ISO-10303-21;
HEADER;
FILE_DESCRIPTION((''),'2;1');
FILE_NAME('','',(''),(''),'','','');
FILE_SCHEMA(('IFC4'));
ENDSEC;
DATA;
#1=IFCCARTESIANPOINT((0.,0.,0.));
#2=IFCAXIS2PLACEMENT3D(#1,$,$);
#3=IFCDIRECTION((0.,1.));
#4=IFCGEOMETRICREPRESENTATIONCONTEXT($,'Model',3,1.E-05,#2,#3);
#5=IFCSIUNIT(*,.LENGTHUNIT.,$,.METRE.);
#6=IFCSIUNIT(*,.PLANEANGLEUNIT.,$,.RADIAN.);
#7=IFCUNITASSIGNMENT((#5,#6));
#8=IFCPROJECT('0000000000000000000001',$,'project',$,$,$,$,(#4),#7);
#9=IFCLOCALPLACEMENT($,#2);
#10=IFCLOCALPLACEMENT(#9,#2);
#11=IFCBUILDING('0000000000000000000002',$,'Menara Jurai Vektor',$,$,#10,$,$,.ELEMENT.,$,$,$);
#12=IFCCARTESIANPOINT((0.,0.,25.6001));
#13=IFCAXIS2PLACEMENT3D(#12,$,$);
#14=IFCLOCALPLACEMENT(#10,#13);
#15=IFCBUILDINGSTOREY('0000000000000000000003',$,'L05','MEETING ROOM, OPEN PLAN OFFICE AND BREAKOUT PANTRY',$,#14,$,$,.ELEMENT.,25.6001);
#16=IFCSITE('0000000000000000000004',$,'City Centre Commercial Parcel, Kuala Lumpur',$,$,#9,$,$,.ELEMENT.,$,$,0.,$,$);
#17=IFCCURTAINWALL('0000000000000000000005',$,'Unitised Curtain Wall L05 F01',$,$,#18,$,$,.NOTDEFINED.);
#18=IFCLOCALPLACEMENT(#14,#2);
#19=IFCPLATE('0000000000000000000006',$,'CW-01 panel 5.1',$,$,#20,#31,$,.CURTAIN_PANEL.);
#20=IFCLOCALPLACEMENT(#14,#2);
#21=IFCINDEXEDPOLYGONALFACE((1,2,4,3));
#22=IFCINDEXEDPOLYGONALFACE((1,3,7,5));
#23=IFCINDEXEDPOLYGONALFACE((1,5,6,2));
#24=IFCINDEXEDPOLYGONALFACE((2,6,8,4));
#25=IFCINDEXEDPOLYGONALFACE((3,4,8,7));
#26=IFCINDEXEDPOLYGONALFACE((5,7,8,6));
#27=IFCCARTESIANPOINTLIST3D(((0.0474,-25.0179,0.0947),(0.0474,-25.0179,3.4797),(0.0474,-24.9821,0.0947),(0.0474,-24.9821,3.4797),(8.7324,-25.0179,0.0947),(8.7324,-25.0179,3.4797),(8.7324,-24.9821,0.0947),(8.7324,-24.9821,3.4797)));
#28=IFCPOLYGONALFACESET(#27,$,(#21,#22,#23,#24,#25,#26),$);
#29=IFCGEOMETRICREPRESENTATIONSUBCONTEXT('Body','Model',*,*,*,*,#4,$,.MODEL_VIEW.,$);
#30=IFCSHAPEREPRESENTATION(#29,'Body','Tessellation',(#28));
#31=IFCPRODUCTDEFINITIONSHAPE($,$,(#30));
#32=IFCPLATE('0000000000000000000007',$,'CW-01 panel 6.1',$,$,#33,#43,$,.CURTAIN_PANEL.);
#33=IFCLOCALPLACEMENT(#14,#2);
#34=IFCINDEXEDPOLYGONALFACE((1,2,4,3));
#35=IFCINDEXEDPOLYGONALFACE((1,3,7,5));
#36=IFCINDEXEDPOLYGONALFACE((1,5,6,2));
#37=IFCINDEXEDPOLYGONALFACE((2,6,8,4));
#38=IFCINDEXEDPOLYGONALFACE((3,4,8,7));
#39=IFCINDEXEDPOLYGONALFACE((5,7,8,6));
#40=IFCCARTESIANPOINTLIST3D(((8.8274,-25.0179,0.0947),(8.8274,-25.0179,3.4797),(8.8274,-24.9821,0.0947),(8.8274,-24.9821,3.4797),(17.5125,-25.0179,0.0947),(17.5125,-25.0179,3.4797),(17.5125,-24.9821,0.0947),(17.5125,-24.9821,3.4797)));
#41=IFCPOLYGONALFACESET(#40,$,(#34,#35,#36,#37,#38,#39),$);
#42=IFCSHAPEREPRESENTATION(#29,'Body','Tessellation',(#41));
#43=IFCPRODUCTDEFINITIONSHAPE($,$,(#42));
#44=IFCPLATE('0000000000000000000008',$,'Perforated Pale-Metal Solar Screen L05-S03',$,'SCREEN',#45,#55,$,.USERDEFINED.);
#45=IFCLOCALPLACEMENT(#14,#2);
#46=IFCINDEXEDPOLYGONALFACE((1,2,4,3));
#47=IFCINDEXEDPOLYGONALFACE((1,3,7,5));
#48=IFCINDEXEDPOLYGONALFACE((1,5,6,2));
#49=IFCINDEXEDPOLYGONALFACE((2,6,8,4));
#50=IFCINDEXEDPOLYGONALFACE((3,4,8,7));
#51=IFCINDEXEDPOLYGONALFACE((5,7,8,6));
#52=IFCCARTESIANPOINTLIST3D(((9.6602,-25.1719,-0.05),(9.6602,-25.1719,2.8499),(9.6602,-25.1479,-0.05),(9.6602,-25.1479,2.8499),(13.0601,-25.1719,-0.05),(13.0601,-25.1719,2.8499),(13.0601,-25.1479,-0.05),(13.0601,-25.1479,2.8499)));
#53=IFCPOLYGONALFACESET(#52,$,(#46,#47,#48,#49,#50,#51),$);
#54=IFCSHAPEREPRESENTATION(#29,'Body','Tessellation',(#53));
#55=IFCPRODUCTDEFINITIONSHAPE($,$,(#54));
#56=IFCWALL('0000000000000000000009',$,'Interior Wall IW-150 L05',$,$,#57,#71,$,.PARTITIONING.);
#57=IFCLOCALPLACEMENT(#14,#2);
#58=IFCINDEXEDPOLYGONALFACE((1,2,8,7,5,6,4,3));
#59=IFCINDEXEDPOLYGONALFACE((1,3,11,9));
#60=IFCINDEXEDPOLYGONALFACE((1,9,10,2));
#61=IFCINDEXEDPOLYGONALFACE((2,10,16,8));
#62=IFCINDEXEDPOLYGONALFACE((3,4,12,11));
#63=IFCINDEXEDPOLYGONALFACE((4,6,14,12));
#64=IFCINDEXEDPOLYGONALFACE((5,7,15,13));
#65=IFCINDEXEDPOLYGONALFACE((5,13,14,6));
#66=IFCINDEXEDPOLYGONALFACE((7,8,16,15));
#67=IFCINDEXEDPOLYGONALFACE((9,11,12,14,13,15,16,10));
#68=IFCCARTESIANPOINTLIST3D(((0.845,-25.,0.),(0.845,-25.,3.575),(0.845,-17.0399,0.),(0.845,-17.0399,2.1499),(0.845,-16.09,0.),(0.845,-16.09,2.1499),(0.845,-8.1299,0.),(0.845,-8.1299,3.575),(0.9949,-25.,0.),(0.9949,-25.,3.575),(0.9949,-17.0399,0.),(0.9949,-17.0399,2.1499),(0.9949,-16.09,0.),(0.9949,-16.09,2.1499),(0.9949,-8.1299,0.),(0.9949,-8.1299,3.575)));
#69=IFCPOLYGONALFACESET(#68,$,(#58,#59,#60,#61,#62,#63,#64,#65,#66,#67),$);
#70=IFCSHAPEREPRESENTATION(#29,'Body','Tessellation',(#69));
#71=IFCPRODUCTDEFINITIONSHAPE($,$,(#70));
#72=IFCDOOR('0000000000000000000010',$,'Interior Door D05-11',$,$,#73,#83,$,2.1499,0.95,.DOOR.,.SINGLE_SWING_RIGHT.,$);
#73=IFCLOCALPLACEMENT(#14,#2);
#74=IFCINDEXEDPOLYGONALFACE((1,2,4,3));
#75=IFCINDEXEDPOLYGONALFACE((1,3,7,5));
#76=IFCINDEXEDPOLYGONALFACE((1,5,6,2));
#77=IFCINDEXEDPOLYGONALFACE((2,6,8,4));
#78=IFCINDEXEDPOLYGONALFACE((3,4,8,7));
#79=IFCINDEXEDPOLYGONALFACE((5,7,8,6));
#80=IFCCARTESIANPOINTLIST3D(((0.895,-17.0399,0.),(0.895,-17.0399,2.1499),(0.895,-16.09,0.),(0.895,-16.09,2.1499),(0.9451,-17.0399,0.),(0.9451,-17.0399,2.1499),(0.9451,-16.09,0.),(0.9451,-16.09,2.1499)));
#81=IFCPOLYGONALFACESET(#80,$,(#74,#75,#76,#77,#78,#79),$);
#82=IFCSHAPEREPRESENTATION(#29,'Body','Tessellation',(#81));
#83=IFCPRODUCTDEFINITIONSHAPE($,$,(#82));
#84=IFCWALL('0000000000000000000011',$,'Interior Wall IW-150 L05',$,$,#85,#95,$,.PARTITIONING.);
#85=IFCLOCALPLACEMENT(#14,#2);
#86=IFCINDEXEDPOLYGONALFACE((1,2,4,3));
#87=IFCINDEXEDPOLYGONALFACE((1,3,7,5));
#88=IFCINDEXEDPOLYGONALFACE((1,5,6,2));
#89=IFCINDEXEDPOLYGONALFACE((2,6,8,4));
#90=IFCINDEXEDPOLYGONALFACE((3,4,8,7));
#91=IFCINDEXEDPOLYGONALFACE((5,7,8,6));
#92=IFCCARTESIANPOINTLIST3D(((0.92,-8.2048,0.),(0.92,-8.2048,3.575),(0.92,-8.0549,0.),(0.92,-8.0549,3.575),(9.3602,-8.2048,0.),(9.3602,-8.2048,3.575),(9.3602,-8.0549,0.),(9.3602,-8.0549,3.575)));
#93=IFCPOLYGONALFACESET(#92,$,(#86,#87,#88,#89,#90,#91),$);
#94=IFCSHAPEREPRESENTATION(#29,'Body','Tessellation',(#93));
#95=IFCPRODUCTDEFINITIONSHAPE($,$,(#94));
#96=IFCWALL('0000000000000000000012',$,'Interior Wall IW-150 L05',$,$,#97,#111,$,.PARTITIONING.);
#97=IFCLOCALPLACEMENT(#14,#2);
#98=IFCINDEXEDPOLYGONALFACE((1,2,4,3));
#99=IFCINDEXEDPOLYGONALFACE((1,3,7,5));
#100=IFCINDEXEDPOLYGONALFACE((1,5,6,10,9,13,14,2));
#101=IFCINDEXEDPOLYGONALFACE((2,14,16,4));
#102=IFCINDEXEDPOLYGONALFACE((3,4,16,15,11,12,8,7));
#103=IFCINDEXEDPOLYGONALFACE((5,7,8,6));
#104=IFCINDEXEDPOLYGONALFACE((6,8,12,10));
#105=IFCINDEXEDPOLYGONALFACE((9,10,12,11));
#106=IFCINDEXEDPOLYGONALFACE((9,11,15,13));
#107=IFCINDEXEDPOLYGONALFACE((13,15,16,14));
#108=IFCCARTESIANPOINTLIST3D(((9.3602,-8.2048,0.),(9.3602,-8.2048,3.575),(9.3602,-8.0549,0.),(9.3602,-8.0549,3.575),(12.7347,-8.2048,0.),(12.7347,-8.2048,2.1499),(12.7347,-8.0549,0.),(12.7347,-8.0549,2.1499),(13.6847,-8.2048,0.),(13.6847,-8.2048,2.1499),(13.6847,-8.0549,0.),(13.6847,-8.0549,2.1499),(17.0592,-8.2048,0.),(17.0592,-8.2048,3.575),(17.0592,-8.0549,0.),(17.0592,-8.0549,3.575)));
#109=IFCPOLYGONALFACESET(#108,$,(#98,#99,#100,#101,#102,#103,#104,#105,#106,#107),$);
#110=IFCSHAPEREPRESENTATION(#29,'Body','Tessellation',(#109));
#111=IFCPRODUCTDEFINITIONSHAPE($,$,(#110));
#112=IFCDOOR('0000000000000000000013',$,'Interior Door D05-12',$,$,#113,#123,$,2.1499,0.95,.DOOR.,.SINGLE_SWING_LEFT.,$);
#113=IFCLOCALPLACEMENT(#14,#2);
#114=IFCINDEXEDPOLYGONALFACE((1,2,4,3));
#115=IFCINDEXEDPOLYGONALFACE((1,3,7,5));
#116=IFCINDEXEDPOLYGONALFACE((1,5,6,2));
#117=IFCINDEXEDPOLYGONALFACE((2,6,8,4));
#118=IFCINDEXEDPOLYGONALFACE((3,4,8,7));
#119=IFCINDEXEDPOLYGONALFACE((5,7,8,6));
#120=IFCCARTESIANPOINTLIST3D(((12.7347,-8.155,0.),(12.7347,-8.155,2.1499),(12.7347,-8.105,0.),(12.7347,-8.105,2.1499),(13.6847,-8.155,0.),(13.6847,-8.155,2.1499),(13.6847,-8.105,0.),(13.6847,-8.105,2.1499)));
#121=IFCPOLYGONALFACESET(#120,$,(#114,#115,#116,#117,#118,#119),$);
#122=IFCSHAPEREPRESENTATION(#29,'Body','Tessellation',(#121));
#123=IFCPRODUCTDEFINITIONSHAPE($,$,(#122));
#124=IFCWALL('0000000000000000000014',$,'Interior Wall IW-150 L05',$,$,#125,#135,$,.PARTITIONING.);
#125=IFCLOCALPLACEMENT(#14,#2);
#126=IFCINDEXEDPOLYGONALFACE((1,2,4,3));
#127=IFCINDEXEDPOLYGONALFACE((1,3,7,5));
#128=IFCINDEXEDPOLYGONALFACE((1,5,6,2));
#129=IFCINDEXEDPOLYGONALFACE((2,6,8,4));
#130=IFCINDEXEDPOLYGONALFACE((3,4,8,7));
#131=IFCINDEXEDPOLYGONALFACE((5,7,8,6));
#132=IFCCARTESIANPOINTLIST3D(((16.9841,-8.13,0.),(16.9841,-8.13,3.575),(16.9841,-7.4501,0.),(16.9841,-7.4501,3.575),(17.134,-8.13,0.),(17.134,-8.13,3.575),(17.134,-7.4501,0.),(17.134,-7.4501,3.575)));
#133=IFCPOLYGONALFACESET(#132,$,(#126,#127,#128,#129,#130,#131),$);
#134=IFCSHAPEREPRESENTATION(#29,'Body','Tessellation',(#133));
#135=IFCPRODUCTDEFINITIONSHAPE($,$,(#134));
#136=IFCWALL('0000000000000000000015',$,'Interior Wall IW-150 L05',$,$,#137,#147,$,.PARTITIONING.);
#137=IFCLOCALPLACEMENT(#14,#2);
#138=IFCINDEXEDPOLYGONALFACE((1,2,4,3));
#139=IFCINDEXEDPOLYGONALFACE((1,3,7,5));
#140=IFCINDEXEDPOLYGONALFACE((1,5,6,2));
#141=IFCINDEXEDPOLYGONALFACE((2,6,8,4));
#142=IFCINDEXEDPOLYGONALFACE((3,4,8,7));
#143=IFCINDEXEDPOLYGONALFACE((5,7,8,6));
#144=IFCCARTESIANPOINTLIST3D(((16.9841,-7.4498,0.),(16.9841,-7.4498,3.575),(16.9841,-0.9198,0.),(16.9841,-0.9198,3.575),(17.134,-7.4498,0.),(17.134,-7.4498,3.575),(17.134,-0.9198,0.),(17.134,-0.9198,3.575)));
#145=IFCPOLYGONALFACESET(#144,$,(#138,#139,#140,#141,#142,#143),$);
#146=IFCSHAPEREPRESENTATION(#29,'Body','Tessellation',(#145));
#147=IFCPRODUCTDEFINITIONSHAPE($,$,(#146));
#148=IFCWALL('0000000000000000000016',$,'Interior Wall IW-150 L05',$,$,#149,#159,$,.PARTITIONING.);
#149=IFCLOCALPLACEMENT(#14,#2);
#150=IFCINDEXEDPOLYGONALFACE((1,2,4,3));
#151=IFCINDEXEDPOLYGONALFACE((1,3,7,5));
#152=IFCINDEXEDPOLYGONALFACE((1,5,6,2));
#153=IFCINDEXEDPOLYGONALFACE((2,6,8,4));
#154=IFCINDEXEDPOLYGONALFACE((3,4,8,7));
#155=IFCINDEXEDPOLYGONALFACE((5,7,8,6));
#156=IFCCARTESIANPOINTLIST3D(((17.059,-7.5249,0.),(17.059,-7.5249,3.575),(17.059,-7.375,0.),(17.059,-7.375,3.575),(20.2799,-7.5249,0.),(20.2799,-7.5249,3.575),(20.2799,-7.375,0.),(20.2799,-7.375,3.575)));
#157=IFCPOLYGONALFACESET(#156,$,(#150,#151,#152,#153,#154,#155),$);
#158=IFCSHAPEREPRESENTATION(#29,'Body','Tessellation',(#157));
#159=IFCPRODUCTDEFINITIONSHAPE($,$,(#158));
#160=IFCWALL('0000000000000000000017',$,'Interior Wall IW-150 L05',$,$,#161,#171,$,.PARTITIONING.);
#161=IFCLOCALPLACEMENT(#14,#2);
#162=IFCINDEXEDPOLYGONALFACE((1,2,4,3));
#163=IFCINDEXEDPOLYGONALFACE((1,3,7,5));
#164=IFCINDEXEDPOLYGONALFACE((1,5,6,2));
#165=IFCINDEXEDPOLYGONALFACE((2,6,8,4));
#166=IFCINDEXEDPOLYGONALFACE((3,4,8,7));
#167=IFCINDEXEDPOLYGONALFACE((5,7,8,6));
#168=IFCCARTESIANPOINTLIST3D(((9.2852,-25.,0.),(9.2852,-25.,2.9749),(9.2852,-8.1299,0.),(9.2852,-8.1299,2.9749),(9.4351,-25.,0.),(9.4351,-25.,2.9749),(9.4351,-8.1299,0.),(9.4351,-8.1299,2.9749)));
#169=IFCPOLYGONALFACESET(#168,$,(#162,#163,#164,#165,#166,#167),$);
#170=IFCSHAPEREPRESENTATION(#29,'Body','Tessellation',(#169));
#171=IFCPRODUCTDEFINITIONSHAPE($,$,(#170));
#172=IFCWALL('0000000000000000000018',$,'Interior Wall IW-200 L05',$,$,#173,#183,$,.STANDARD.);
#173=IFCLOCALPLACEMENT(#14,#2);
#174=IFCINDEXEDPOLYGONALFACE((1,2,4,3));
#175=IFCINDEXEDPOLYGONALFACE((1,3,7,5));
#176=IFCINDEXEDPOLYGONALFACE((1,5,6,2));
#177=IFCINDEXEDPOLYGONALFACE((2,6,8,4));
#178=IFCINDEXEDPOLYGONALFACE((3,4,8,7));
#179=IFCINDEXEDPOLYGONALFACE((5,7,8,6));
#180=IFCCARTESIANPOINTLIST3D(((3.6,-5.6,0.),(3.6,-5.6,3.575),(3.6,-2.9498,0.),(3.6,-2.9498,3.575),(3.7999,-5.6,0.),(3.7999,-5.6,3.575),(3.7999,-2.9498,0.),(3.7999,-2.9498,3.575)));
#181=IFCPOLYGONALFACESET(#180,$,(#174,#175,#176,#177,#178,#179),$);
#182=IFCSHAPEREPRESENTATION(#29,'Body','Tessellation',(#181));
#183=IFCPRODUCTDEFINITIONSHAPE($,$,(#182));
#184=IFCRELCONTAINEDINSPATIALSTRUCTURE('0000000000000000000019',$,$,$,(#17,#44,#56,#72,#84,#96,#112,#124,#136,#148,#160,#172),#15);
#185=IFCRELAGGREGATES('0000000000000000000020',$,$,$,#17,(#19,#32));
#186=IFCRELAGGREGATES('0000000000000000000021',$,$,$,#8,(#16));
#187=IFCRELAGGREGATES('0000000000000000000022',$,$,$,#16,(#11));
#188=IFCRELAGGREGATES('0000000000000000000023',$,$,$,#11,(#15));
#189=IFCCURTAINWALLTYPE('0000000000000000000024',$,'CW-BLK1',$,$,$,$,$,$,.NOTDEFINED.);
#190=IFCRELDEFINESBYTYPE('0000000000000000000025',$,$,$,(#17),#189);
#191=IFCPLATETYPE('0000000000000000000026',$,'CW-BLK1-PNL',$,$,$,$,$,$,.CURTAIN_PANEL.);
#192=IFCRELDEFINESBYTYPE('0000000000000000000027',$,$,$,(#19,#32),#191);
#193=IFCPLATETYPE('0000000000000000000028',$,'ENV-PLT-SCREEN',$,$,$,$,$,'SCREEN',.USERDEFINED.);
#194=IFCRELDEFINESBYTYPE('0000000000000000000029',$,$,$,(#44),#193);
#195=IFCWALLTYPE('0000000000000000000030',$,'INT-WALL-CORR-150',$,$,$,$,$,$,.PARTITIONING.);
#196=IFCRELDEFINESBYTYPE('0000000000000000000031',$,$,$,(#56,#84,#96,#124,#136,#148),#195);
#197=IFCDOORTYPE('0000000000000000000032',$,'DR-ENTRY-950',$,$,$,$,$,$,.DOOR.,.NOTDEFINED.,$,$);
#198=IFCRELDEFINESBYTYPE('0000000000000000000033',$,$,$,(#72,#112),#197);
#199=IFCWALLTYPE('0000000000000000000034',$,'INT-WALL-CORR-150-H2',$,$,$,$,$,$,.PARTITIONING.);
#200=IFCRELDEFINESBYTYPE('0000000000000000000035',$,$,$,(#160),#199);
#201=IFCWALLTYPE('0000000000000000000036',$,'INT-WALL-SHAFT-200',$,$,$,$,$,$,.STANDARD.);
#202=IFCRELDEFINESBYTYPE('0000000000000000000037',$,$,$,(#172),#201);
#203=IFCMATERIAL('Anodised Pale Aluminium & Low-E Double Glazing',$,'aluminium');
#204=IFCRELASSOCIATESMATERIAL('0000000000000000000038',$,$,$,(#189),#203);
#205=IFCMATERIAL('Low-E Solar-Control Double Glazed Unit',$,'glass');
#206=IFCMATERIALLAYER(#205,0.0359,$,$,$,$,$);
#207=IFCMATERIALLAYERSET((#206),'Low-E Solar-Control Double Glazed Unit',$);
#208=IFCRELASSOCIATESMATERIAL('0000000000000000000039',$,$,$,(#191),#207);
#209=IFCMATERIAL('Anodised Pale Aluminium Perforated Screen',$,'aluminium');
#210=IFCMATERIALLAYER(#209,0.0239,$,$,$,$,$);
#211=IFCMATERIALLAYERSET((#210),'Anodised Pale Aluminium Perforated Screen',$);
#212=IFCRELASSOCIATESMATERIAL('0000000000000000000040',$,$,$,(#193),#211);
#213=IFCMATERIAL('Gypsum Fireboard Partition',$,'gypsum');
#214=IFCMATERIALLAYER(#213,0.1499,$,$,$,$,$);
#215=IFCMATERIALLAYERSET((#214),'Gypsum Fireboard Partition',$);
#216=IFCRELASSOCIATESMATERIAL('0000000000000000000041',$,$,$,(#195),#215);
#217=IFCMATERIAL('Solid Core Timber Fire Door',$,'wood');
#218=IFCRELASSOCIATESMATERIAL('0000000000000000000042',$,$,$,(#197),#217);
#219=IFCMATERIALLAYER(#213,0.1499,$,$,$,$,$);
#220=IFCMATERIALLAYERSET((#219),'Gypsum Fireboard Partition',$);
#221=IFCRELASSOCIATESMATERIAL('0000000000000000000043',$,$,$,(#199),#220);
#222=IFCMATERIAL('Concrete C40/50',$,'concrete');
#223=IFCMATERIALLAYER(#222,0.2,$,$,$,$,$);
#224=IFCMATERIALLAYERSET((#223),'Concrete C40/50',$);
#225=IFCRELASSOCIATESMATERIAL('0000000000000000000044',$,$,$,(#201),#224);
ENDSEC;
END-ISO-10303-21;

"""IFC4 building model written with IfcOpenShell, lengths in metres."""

from ifc_helpers import new_model, si_unit, direction, frame, frame_2d, origin, origin_2d, place, context, subcontext, project, spatial, rectangle, extrude, material, layer, layer_set, type_object, element, fill, aggregate, save


model = new_model("IFC4")

# Units and contexts
model_context = context("Model", 3, precision=1e-05, world=origin(), true_north=direction((0.0, 1.0)))
body_context = subcontext(model_context, "Body", "Model", "MODEL_VIEW")
ifc_project = project(units=[si_unit("LENGTHUNIT", "METRE"), si_unit("PLANEANGLEUNIT", "RADIAN")], contexts=[model_context])

# Site, building, storey
site_placement = place(None, origin())
site = spatial("IfcSite", under=ifc_project, at=site_placement, Name="City Centre Commercial Parcel, Kuala Lumpur", CompositionType="ELEMENT", RefElevation=0.0)
building_placement = place(site_placement, origin())
building = spatial("IfcBuilding", under=site, at=building_placement, Name="Menara Jurai Vektor", CompositionType="ELEMENT")
storey_placement = place(building_placement, frame((0.0, 0.0, 25.6001)))
storey = spatial("IfcBuildingStorey", under=building, at=storey_placement, Name="L05", Description="MEETING ROOM, OPEN PLAN OFFICE AND BREAKOUT PANTRY", CompositionType="ELEMENT", Elevation=25.6001)

# Curtain wall
ifc_material_1 = material(Name="Anodised Pale Aluminium & Low-E Double Glazing", Category="aluminium")
curtain_wall_type = type_object("IfcCurtainWallType", Name="CW-BLK1", PredefinedType="NOTDEFINED", material=ifc_material_1)
curtain_wall_placement = place(storey_placement, origin())
curtain_wall = element("IfcCurtainWall", 1, at=curtain_wall_placement, inside=storey, type_object=curtain_wall_type, Name="Unitised Curtain Wall L05 F01", PredefinedType="NOTDEFINED")

# Plates
ifc_material_2 = material(Name="Low-E Solar-Control Double Glazed Unit", Category="glass")
ifc_layer_1 = layer(ifc_material_2, 0.0359)
ifc_layer_set_1 = layer_set([ifc_layer_1], Name="Low-E Solar-Control Double Glazed Unit")
plate_type_1 = type_object("IfcPlateType", Name="CW-BLK1-PNL", PredefinedType="CURTAIN_PANEL", material=ifc_layer_set_1)
plate_1_placement = place(storey_placement, frame((4.3899, -25.0, 0.0947), z_axis=(0.0, 0.0, 1.0), x_axis=(1.0, 0.0, 0.0)))
plate_1 = element("IfcPlate", 2, at=plate_1_placement, type_object=plate_type_1, Name="CW-01 panel 5.1", PredefinedType="CURTAIN_PANEL", context=body_context, shape_type="SweptSolid", body=[
    extrude(rectangle(XDim=8.6851, YDim=0.0359, at=origin_2d()), origin(), (0.0, 0.0, 1.0), 3.385),
])
plate_2_placement = place(storey_placement, frame((13.1699, -25.0, 0.0947), z_axis=(0.0, 0.0, 1.0), x_axis=(1.0, 0.0, 0.0)))
plate_2 = element("IfcPlate", 3, at=plate_2_placement, type_object=plate_type_1, Name="CW-01 panel 6.1", PredefinedType="CURTAIN_PANEL", context=body_context, shape_type="SweptSolid", body=[
    extrude(rectangle(XDim=8.6851, YDim=0.0359, at=origin_2d()), origin(), (0.0, 0.0, 1.0), 3.385),
])
aggregate(curtain_wall, [plate_1, plate_2])
ifc_material_3 = material(Name="Anodised Pale Aluminium Perforated Screen", Category="aluminium")
ifc_layer_2 = layer(ifc_material_3, 0.0239)
ifc_layer_set_2 = layer_set([ifc_layer_2], Name="Anodised Pale Aluminium Perforated Screen")
plate_type_2 = type_object("IfcPlateType", Name="ENV-PLT-SCREEN", ElementType="SCREEN", PredefinedType="USERDEFINED", material=ifc_layer_set_2)
plate_3_placement = place(storey_placement, frame((11.3601, -25.1599, -0.05), z_axis=(0.0, 0.0, 1.0), x_axis=(1.0, 0.0, 0.0)))
element("IfcPlate", 4, at=plate_3_placement, inside=storey, type_object=plate_type_2, Name="Perforated Pale-Metal Solar Screen L05-S03", ObjectType="SCREEN", PredefinedType="USERDEFINED", context=body_context, shape_type="SweptSolid", body=[
    extrude(rectangle(XDim=3.3999, YDim=0.0239, at=origin_2d()), origin(), (0.0, 0.0, 1.0), 2.8999),
])

# Wall, opening, door
ifc_material_4 = material(Name="Gypsum Fireboard Partition", Category="gypsum")
ifc_layer_3 = layer(ifc_material_4, 0.1499)
ifc_layer_set_3 = layer_set([ifc_layer_3], Name="Gypsum Fireboard Partition")
wall_type_1 = type_object("IfcWallType", Name="INT-WALL-CORR-150", PredefinedType="PARTITIONING", material=ifc_layer_set_3)
wall_1_placement = place(storey_placement, frame((0.9199, -25.0, 0.0), z_axis=(0.0, 0.0, 1.0), x_axis=(0.0, 1.0, 0.0)))
wall_1 = element("IfcWall", 5, at=wall_1_placement, inside=storey, type_object=wall_type_1, Name="Interior Wall IW-150 L05", PredefinedType="PARTITIONING", context=body_context, shape_type="SweptSolid", body=[
    extrude(rectangle(XDim=16.8701, YDim=0.1499, at=frame_2d((8.4351, 0.0))), origin(), (0.0, 0.0, 1.0), 3.575),
])
opening_1_placement = place(wall_1_placement, frame((7.96, 0.0, 0.0)))
opening_1 = element("IfcOpeningElement", 6, at=opening_1_placement, cuts=wall_1, PredefinedType="OPENING", context=body_context, shape_type="SweptSolid", body=[
    extrude(rectangle(XDim=0.95, YDim=2.1499, at=frame_2d((0.4751, 1.075))), frame((0.0, 0.085, 0.0), z_axis=(0.0, -1.0, 0.0), x_axis=(1.0, 0.0, 0.0)), (0.0, 0.0, 1.0), 0.1699),
])
ifc_material_5 = material(Name="Solid Core Timber Fire Door", Category="wood")
door_type = type_object("IfcDoorType", Name="DR-ENTRY-950", OperationType="NOTDEFINED", PredefinedType="DOOR", material=ifc_material_5)
door_1_placement = place(opening_1_placement, origin())
door_1 = element("IfcDoor", 7, at=door_1_placement, inside=storey, type_object=door_type, Name="Interior Door D05-11", OperationType="SINGLE_SWING_RIGHT", OverallHeight=2.1499, OverallWidth=0.95, PredefinedType="DOOR", context=body_context, shape_type="SweptSolid", body=[
    extrude(rectangle(XDim=0.95, YDim=2.1499, at=frame_2d((0.4751, 1.075))), frame((0.0, 0.0249, 0.0), z_axis=(0.0, -1.0, 0.0), x_axis=(1.0, 0.0, 0.0)), (0.0, 0.0, 1.0), 0.05),
])
fill(opening_1, door_1)

# Wall
wall_2_placement = place(storey_placement, frame((0.9199, -8.1299, 0.0), z_axis=(0.0, 0.0, 1.0), x_axis=(1.0, 0.0, 0.0)))
element("IfcWall", 8, at=wall_2_placement, inside=storey, type_object=wall_type_1, Name="Interior Wall IW-150 L05", PredefinedType="PARTITIONING", context=body_context, shape_type="SweptSolid", body=[
    extrude(rectangle(XDim=8.4402, YDim=0.1499, at=frame_2d((4.2202, 0.0))), origin(), (0.0, 0.0, 1.0), 3.575),
])

# Wall, opening, door
wall_3_placement = place(storey_placement, frame((9.3601, -8.1299, 0.0), z_axis=(0.0, 0.0, 1.0), x_axis=(1.0, 0.0, 0.0)))
wall_3 = element("IfcWall", 9, at=wall_3_placement, inside=storey, type_object=wall_type_1, Name="Interior Wall IW-150 L05", PredefinedType="PARTITIONING", context=body_context, shape_type="SweptSolid", body=[
    extrude(rectangle(XDim=7.699, YDim=0.1499, at=frame_2d((3.8496, 0.0))), origin(), (0.0, 0.0, 1.0), 3.575),
])
opening_2_placement = place(wall_3_placement, frame((3.3745, 0.0, 0.0)))
opening_2 = element("IfcOpeningElement", 10, at=opening_2_placement, cuts=wall_3, PredefinedType="OPENING", context=body_context, shape_type="SweptSolid", body=[
    extrude(rectangle(XDim=0.95, YDim=2.1499, at=frame_2d((0.4751, 1.075))), frame((0.0, 0.085, 0.0), z_axis=(0.0, -1.0, 0.0), x_axis=(1.0, 0.0, 0.0)), (0.0, 0.0, 1.0), 0.1699),
])
door_2_placement = place(opening_2_placement, origin())
door_2 = element("IfcDoor", 11, at=door_2_placement, inside=storey, type_object=door_type, Name="Interior Door D05-12", OperationType="SINGLE_SWING_LEFT", OverallHeight=2.1499, OverallWidth=0.95, PredefinedType="DOOR", context=body_context, shape_type="SweptSolid", body=[
    extrude(rectangle(XDim=0.95, YDim=2.1499, at=frame_2d((0.4751, 1.075))), frame((0.0, 0.0249, 0.0), z_axis=(0.0, -1.0, 0.0), x_axis=(1.0, 0.0, 0.0)), (0.0, 0.0, 1.0), 0.05),
])
fill(opening_2, door_2)

# Walls
wall_4_placement = place(storey_placement, frame((17.0591, -8.1299, 0.0), z_axis=(0.0, 0.0, 1.0), x_axis=(0.0, 1.0, 0.0)))
element("IfcWall", 12, at=wall_4_placement, inside=storey, type_object=wall_type_1, Name="Interior Wall IW-150 L05", PredefinedType="PARTITIONING", context=body_context, shape_type="SweptSolid", body=[
    extrude(rectangle(XDim=0.6799, YDim=0.1499, at=frame_2d((0.3398, 0.0))), origin(), (0.0, 0.0, 1.0), 3.575),
])
wall_5_placement = place(storey_placement, frame((17.0591, -7.45, 0.0), z_axis=(0.0, 0.0, 1.0), x_axis=(0.0, 1.0, 0.0)))
element("IfcWall", 13, at=wall_5_placement, inside=storey, type_object=wall_type_1, Name="Interior Wall IW-150 L05", PredefinedType="PARTITIONING", context=body_context, shape_type="SweptSolid", body=[
    extrude(rectangle(XDim=6.53, YDim=0.1499, at=frame_2d((3.2651, 0.0))), origin(), (0.0, 0.0, 1.0), 3.575),
])
wall_6_placement = place(storey_placement, frame((17.0591, -7.45, 0.0), z_axis=(0.0, 0.0, 1.0), x_axis=(1.0, 0.0, 0.0)))
element("IfcWall", 14, at=wall_6_placement, inside=storey, type_object=wall_type_1, Name="Interior Wall IW-150 L05", PredefinedType="PARTITIONING", context=body_context, shape_type="SweptSolid", body=[
    extrude(rectangle(XDim=3.2209, YDim=0.1499, at=frame_2d((1.6104, 0.0))), origin(), (0.0, 0.0, 1.0), 3.575),
])
ifc_layer_4 = layer(ifc_material_4, 0.1499)
ifc_layer_set_4 = layer_set([ifc_layer_4], Name="Gypsum Fireboard Partition")
wall_type_2 = type_object("IfcWallType", Name="INT-WALL-CORR-150-H2", PredefinedType="PARTITIONING", material=ifc_layer_set_4)
wall_7_placement = place(storey_placement, frame((9.3601, -25.0, 0.0), z_axis=(0.0, 0.0, 1.0), x_axis=(0.0, 1.0, 0.0)))
element("IfcWall", 15, at=wall_7_placement, inside=storey, type_object=wall_type_2, Name="Interior Wall IW-150 L05", PredefinedType="PARTITIONING", context=body_context, shape_type="SweptSolid", body=[
    extrude(rectangle(XDim=16.8701, YDim=0.1499, at=frame_2d((8.4351, 0.0))), origin(), (0.0, 0.0, 1.0), 2.9749),
])
ifc_material_6 = material(Name="Concrete C40/50", Category="concrete")
ifc_layer_5 = layer(ifc_material_6, 0.2)
ifc_layer_set_5 = layer_set([ifc_layer_5], Name="Concrete C40/50")
wall_type_3 = type_object("IfcWallType", Name="INT-WALL-SHAFT-200", PredefinedType="STANDARD", material=ifc_layer_set_5)
wall_8_placement = place(storey_placement, frame((3.7, -5.6001, 0.0), z_axis=(0.0, 0.0, 1.0), x_axis=(0.0, 1.0, 0.0)))
element("IfcWall", 16, at=wall_8_placement, inside=storey, type_object=wall_type_3, Name="Interior Wall IW-200 L05", PredefinedType="STANDARD", context=body_context, shape_type="SweptSolid", body=[
    extrude(rectangle(XDim=2.6501, YDim=0.2, at=frame_2d((1.3252, 0.0))), origin(), (0.0, 0.0, 1.0), 3.575),
])

save(model, "model.ifc")
